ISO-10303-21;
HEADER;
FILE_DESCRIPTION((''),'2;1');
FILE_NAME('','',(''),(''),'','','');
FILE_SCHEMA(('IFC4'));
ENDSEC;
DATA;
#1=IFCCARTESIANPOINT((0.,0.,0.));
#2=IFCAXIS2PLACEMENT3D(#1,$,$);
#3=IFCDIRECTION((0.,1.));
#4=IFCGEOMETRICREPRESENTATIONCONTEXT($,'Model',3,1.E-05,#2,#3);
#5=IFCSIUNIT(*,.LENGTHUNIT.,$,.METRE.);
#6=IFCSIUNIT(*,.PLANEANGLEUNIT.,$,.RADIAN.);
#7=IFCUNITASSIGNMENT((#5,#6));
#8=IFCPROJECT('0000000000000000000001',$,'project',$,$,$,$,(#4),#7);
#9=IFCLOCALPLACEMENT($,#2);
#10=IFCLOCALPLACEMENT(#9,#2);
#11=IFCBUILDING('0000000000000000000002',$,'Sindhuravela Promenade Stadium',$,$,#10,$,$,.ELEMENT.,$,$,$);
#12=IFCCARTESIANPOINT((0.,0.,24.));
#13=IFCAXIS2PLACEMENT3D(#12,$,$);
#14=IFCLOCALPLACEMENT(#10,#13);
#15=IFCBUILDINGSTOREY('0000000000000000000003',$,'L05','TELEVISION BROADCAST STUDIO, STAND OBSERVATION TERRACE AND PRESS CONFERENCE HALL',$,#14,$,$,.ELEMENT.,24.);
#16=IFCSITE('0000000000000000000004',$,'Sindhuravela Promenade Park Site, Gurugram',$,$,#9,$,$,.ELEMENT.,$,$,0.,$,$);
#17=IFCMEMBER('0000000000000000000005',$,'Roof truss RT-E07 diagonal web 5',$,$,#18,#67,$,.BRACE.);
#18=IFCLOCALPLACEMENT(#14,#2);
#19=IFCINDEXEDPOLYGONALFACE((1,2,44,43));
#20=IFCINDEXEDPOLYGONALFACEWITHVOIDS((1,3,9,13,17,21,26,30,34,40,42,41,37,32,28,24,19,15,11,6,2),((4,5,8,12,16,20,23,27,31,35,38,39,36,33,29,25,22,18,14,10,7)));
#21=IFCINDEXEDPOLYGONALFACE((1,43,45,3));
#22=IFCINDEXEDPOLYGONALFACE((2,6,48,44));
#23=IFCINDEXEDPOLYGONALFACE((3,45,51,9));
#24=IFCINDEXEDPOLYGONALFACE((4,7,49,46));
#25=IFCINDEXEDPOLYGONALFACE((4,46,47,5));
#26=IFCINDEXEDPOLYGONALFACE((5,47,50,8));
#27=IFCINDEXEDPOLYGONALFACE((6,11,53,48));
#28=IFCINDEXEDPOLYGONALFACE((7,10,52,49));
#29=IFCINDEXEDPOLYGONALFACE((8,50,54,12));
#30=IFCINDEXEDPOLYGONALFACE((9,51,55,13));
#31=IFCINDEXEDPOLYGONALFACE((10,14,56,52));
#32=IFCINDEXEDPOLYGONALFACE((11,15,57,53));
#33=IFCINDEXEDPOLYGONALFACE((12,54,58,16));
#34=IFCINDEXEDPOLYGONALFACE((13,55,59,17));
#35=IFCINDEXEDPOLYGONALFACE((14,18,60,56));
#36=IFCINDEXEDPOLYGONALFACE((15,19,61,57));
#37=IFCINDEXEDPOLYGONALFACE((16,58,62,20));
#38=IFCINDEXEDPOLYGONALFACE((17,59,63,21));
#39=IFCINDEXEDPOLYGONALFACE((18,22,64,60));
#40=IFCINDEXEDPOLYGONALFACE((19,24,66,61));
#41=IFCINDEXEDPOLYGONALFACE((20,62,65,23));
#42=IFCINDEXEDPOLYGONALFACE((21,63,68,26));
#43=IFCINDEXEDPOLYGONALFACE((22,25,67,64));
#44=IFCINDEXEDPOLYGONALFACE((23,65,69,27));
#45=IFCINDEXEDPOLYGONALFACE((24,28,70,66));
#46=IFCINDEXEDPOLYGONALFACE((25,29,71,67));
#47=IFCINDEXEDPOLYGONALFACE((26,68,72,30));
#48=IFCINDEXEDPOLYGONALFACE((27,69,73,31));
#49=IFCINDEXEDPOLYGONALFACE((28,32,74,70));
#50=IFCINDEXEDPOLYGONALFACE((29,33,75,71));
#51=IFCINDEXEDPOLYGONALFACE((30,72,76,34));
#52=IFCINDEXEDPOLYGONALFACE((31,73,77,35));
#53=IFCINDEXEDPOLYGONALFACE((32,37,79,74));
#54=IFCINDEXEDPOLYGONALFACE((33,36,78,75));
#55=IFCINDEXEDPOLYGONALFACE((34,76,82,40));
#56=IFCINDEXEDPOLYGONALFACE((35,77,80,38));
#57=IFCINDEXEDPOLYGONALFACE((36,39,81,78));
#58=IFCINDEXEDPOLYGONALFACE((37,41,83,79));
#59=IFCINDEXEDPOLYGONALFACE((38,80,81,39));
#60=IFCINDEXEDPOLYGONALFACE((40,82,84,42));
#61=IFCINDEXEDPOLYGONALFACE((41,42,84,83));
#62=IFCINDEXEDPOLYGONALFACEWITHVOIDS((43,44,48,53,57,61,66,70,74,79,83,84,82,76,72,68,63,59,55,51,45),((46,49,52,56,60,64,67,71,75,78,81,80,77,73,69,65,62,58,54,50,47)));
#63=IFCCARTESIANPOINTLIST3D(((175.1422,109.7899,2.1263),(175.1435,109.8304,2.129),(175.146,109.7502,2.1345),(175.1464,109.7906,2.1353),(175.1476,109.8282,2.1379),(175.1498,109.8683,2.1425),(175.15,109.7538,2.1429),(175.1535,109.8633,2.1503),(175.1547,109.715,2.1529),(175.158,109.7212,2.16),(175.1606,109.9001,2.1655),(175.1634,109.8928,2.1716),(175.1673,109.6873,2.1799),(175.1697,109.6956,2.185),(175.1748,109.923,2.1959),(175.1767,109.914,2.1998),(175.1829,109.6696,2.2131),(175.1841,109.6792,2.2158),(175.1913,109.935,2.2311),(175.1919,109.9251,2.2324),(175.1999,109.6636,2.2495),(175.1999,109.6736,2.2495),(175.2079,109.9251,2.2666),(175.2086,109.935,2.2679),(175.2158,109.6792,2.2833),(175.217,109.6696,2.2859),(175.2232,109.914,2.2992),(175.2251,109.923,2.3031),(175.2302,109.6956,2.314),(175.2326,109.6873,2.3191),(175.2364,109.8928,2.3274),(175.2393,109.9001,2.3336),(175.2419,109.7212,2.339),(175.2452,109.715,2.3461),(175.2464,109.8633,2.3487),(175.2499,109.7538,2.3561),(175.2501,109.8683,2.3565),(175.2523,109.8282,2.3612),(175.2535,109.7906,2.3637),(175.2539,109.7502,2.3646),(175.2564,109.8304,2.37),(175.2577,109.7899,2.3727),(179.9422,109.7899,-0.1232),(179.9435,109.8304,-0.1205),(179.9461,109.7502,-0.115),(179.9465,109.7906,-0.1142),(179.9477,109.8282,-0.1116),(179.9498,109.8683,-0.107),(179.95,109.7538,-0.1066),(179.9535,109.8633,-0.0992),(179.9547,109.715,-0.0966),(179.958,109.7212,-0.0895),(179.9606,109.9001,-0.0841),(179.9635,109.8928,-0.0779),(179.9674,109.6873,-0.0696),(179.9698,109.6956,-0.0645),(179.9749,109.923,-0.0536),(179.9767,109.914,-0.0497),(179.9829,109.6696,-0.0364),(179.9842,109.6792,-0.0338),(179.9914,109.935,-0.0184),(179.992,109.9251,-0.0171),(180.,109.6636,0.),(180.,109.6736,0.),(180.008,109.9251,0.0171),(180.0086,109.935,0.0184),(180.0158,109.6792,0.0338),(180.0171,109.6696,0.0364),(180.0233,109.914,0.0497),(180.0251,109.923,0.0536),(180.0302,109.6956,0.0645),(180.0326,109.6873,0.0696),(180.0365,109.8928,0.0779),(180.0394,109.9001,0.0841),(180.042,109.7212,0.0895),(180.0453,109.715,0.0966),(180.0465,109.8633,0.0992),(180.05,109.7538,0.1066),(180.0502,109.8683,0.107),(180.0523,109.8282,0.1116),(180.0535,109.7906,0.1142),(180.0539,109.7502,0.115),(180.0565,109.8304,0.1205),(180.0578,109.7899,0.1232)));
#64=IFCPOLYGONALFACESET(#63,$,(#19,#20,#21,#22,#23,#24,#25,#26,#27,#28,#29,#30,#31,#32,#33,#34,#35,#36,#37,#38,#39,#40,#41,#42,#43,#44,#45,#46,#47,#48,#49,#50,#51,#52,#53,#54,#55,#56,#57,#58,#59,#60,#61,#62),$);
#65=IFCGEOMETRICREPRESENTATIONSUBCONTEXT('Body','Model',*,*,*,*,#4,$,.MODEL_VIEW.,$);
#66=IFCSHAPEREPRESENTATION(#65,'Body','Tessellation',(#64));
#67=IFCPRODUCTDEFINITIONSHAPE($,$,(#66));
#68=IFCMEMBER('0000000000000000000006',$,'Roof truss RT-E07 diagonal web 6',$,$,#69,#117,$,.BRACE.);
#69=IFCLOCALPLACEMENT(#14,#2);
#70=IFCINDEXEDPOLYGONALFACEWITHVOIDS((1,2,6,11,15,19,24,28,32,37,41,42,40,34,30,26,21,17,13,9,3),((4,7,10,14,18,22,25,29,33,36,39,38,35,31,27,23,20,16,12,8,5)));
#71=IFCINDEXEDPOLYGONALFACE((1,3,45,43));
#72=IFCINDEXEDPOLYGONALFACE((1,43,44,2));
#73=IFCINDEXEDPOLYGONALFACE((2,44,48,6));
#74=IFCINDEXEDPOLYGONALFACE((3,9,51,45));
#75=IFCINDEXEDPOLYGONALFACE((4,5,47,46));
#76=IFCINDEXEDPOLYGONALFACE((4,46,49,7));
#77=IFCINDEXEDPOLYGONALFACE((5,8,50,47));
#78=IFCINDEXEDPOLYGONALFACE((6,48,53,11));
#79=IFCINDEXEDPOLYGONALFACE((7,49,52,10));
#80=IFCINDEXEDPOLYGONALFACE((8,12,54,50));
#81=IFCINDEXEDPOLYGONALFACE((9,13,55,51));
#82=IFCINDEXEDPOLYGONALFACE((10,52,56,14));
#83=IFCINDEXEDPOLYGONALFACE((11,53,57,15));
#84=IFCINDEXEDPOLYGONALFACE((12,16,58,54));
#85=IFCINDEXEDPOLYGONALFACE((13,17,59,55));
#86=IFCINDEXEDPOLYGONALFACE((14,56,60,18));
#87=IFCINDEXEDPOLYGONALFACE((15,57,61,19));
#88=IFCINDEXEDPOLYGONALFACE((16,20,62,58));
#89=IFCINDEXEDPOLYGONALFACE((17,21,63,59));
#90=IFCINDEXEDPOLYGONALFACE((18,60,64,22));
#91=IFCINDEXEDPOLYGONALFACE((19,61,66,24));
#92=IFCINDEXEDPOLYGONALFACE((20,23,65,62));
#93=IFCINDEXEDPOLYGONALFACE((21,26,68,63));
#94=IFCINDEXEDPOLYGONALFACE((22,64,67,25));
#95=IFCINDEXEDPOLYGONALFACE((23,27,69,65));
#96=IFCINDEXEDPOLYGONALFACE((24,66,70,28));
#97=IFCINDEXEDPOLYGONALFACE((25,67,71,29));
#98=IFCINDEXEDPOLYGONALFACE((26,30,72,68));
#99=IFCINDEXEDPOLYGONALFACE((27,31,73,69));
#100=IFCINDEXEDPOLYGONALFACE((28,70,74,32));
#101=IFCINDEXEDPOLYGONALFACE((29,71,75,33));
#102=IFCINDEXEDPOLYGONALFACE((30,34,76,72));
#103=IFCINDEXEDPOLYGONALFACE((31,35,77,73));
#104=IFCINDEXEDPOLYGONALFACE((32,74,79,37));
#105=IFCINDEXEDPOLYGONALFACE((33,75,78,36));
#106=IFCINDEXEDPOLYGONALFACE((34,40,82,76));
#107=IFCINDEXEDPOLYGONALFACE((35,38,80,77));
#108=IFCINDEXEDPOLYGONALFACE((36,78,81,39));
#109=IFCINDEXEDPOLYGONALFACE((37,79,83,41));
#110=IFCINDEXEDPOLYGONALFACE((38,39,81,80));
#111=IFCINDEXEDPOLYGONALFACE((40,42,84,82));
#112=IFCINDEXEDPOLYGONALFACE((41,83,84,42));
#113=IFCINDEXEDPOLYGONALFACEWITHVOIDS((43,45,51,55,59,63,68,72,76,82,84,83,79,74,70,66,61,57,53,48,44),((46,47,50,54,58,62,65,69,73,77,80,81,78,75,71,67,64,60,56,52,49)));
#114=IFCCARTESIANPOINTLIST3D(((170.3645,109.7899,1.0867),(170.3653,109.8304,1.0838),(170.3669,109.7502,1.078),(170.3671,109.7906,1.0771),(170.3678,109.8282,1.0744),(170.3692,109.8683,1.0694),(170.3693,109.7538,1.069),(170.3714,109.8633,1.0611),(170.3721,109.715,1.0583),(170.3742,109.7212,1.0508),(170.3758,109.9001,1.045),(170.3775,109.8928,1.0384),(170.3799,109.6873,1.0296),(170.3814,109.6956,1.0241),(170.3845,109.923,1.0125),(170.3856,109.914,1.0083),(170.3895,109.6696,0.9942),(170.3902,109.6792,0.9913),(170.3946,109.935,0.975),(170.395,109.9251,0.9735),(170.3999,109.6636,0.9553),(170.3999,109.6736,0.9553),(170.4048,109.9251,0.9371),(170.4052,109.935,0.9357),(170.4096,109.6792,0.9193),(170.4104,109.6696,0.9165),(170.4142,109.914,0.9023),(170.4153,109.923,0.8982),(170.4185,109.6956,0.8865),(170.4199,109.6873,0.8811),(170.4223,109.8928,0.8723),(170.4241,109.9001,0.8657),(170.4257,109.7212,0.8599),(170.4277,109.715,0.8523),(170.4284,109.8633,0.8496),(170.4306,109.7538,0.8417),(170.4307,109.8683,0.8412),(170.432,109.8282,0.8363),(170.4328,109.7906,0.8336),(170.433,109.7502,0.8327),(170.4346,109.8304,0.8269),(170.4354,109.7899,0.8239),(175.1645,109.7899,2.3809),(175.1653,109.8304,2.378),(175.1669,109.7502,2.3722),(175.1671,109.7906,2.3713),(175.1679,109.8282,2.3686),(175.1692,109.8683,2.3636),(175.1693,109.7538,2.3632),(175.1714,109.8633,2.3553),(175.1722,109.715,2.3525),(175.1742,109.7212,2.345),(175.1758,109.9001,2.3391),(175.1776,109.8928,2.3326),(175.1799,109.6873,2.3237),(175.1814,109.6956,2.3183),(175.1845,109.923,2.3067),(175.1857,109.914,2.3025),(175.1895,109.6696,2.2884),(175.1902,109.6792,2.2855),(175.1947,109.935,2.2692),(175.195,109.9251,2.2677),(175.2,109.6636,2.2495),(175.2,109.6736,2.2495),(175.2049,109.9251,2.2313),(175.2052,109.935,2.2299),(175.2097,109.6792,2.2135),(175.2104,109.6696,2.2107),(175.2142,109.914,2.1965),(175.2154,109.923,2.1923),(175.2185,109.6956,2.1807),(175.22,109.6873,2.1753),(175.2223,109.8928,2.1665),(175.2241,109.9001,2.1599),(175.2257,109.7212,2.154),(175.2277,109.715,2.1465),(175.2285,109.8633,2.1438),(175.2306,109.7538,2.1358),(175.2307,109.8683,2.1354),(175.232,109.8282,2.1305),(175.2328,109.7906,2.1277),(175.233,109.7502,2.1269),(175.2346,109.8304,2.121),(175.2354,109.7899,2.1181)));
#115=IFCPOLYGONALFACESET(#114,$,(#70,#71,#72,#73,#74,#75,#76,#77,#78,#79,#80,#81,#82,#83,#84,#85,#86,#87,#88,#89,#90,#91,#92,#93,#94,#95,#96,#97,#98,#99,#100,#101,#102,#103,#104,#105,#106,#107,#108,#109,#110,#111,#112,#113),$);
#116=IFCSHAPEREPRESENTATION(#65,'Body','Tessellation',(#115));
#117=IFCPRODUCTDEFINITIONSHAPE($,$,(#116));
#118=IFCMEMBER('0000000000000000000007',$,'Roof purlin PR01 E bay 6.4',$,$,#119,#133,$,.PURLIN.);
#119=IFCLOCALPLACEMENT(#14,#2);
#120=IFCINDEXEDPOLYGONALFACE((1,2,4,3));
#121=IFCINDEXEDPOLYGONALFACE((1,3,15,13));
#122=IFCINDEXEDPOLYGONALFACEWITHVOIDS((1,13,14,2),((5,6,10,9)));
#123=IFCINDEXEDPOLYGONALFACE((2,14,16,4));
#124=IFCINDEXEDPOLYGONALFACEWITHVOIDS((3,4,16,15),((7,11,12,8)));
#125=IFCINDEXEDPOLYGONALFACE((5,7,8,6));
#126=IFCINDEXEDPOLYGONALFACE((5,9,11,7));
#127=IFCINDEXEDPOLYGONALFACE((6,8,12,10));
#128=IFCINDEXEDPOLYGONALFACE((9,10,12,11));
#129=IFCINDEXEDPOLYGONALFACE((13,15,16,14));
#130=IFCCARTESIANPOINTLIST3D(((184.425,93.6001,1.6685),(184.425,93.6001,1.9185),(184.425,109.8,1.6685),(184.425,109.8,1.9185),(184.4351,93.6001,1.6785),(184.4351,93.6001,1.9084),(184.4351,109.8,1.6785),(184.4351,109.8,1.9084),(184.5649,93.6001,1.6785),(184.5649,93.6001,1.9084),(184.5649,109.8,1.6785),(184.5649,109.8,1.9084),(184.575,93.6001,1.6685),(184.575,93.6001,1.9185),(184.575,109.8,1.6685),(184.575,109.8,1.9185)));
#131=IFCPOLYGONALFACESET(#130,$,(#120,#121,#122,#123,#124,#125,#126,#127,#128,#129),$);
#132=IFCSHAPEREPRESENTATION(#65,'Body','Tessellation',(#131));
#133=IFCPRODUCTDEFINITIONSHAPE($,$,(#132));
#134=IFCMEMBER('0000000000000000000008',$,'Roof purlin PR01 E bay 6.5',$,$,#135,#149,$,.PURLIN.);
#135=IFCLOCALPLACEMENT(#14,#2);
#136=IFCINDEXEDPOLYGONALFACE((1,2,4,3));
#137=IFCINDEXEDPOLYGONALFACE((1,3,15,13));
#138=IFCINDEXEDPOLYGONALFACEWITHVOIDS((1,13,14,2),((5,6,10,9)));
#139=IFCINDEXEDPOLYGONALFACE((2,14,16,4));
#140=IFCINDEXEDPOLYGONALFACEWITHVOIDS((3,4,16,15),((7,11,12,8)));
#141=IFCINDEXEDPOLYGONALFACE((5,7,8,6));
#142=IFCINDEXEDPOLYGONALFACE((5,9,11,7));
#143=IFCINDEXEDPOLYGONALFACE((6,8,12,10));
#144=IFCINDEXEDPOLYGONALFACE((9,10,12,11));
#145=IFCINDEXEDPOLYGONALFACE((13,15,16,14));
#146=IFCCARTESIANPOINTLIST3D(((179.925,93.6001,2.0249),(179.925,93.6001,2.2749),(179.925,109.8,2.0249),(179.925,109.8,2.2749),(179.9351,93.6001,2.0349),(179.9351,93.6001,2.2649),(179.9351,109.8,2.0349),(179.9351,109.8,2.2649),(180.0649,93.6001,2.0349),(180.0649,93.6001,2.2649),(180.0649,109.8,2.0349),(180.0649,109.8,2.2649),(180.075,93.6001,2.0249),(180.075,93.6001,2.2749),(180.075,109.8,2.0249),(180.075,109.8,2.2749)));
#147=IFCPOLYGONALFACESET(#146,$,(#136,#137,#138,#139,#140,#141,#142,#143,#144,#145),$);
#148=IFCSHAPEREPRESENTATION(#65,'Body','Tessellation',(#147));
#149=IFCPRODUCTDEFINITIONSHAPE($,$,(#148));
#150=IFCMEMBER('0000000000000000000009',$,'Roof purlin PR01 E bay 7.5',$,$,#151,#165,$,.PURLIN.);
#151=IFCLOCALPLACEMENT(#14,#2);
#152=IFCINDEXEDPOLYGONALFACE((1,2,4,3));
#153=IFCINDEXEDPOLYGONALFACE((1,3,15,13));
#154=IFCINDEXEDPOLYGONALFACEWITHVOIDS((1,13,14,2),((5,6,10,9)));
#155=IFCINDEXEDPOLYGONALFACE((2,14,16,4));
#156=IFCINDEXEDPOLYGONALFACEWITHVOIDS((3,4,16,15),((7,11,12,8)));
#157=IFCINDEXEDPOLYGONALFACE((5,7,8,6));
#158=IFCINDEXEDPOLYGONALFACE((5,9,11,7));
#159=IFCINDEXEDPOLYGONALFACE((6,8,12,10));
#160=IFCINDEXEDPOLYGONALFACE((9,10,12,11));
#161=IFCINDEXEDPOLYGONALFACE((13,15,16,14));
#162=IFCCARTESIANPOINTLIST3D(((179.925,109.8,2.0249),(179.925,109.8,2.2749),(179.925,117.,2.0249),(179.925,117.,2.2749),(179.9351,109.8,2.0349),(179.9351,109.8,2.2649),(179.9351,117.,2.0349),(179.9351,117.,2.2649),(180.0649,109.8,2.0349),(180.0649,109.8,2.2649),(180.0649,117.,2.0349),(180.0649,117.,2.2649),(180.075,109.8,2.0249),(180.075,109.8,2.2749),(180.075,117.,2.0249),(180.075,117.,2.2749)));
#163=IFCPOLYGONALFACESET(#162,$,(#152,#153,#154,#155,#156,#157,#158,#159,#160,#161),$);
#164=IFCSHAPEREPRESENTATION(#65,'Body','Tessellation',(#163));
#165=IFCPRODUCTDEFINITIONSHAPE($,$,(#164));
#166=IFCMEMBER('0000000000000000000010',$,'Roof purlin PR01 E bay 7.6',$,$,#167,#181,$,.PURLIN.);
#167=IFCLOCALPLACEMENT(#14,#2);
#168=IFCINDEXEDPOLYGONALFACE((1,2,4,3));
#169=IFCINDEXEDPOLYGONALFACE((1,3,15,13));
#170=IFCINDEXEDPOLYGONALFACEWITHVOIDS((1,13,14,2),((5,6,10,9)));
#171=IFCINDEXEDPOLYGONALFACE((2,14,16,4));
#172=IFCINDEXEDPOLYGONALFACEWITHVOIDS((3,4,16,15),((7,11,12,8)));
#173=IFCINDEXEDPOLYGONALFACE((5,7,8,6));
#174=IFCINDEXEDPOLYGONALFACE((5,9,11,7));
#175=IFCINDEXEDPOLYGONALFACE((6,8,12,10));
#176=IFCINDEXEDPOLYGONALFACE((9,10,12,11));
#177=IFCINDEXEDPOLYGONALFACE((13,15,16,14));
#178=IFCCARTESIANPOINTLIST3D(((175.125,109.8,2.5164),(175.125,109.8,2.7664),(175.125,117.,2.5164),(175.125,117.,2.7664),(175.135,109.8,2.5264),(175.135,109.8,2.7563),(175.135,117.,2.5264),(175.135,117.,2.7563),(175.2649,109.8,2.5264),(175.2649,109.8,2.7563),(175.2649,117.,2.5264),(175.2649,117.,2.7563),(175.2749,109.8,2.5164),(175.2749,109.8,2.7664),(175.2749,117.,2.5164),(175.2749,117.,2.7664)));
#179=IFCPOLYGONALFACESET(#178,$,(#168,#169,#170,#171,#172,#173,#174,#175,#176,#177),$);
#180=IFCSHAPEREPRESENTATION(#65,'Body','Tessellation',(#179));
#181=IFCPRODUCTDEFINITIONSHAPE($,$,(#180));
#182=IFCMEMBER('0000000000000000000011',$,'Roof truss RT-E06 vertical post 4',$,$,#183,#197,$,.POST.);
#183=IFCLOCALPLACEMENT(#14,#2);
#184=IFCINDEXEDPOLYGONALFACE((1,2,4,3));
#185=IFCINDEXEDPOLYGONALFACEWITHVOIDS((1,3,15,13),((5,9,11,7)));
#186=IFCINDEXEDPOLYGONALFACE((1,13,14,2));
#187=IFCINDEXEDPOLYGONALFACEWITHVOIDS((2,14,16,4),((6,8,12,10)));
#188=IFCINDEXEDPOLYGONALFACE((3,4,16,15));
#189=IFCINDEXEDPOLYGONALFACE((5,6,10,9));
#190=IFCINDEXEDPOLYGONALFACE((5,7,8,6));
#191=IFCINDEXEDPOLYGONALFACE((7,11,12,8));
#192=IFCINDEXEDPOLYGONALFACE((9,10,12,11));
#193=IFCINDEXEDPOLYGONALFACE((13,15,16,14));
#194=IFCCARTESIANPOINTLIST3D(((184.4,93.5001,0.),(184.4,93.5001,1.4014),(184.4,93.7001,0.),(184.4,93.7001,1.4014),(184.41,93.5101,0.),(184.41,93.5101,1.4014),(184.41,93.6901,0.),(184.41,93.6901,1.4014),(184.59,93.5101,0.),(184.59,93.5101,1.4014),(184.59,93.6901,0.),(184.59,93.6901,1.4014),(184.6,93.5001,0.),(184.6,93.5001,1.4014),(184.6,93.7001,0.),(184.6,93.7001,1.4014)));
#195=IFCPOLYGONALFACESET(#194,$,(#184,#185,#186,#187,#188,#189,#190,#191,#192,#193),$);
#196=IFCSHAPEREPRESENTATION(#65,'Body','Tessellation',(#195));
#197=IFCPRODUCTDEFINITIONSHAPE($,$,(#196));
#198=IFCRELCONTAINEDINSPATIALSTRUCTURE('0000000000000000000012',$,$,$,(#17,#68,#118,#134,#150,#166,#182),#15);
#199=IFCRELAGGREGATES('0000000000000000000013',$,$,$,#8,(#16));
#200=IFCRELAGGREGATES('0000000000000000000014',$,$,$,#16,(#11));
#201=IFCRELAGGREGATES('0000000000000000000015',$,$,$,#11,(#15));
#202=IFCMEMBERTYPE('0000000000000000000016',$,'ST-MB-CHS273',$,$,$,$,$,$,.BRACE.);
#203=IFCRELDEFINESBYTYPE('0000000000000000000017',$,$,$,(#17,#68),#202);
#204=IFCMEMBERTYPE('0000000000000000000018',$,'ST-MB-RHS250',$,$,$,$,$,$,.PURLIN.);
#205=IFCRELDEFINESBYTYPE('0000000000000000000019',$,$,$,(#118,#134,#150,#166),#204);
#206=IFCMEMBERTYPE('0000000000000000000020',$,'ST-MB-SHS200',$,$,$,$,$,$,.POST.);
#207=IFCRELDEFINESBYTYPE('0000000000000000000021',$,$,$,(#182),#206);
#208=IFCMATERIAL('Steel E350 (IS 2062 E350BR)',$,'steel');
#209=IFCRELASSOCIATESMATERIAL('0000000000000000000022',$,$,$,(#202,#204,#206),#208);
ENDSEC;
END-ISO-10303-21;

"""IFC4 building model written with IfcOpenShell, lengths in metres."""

from ifc_helpers import new_model, si_unit, direction, frame, origin, origin_2d, place, context, subcontext, project, spatial, hollow_rectangle, hollow_circle, extrude, material, material_profile, profile_set, type_object, element, save


model = new_model("IFC4")

# Units and contexts
model_context = context("Model", 3, precision=1e-05, world=origin(), true_north=direction((0.0, 1.0)))
body_context = subcontext(model_context, "Body", "Model", "MODEL_VIEW")
ifc_project = project(units=[si_unit("LENGTHUNIT", "METRE"), si_unit("PLANEANGLEUNIT", "RADIAN")], contexts=[model_context])

# Site, building, storey
site_placement = place(None, origin())
site = spatial("IfcSite", under=ifc_project, at=site_placement, Name="Sindhuravela Promenade Park Site, Gurugram", CompositionType="ELEMENT", RefElevation=0.0)
building_placement = place(site_placement, origin())
building = spatial("IfcBuilding", under=site, at=building_placement, Name="Sindhuravela Promenade Stadium", CompositionType="ELEMENT")
storey_placement = place(building_placement, frame((0.0, 0.0, 24.0)))
storey = spatial("IfcBuildingStorey", under=building, at=storey_placement, Name="L05", Description="TELEVISION BROADCAST STUDIO, STAND OBSERVATION TERRACE AND PRESS CONFERENCE HALL", CompositionType="ELEMENT", Elevation=24.0)

# Shared definitions
ifc_material_1 = material(Name="Steel E350 (IS 2062 E350BR)", Category="steel")

# Members
ifc_material_profile_1 = material_profile(ifc_material_1, hollow_circle(Radius=0.1365, WallThickness=0.01, at=origin_2d()), Name="CHS 273.0x10")
ifc_profile_set_1 = profile_set([ifc_material_profile_1], Name="Steel E350 (IS 2062 E350BR)")
member_type_1 = type_object("IfcMemberType", Name="ST-MB-CHS273", PredefinedType="BRACE", material=ifc_profile_set_1)
member_1_placement = place(storey_placement, frame((180.0, 109.8, 0.0), z_axis=(-0.905496, 0.0, 0.424355), x_axis=(0.0, -1.0, 0.0)))
element("IfcMember", 1, at=member_1_placement, inside=storey, type_object=member_type_1, Name="Roof truss RT-E07 diagonal web 5", PredefinedType="BRACE", context=body_context, shape_type="SweptSolid", body=[
    extrude(hollow_circle(Radius=0.1365, WallThickness=0.01, at=origin_2d()), origin(), (0.0, 0.0, 1.0), 5.301),
])
member_2_placement = place(storey_placement, frame((175.2, 109.8, 2.2495), z_axis=(-0.965521, 0.0, -0.260324), x_axis=(0.0, -1.0, 0.0)))
element("IfcMember", 2, at=member_2_placement, inside=storey, type_object=member_type_1, Name="Roof truss RT-E07 diagonal web 6", PredefinedType="BRACE", context=body_context, shape_type="SweptSolid", body=[
    extrude(hollow_circle(Radius=0.1365, WallThickness=0.01, at=origin_2d()), origin(), (0.0, 0.0, 1.0), 4.9714),
])
ifc_material_profile_2 = material_profile(ifc_material_1, hollow_rectangle(XDim=0.1499, YDim=0.25, WallThickness=0.01, at=origin_2d()), Name="RHS 250x150x10")
ifc_profile_set_2 = profile_set([ifc_material_profile_2], Name="Steel E350 (IS 2062 E350BR)")
member_type_2 = type_object("IfcMemberType", Name="ST-MB-RHS250", PredefinedType="PURLIN", material=ifc_profile_set_2)
for number, where, z_axis, x_axis, name in (
    (3, (184.5, 93.6001, 1.7935), (0.0, 1.0, 0.0), (-1.0, 0.0, 0.0), "Roof purlin PR01 E bay 6.4"),
    (4, (180.0, 93.6001, 2.1499), (0.0, 1.0, 0.0), (-1.0, 0.0, 0.0), "Roof purlin PR01 E bay 6.5"),
):
    element("IfcMember", number, at=place(storey_placement, frame(where, z_axis=z_axis, x_axis=x_axis)), inside=storey, type_object=member_type_2, Name=name, PredefinedType="PURLIN", context=body_context, shape_type="SweptSolid", body=[
        extrude(hollow_rectangle(XDim=0.1499, YDim=0.25, WallThickness=0.01, at=origin_2d()), origin(), (0.0, 0.0, 1.0), 16.2),
    ])
for number, where, z_axis, x_axis, name in (
    (5, (180.0, 109.8, 2.1499), (0.0, 1.0, 0.0), (-1.0, 0.0, 0.0), "Roof purlin PR01 E bay 7.5"),
    (6, (175.2, 109.8, 2.6414), (0.0, 1.0, 0.0), (-1.0, 0.0, 0.0), "Roof purlin PR01 E bay 7.6"),
):
    element("IfcMember", number, at=place(storey_placement, frame(where, z_axis=z_axis, x_axis=x_axis)), inside=storey, type_object=member_type_2, Name=name, PredefinedType="PURLIN", context=body_context, shape_type="SweptSolid", body=[
        extrude(hollow_rectangle(XDim=0.1499, YDim=0.25, WallThickness=0.01, at=origin_2d()), origin(), (0.0, 0.0, 1.0), 7.2),
    ])
ifc_material_profile_3 = material_profile(ifc_material_1, hollow_rectangle(XDim=0.2, YDim=0.2, WallThickness=0.01, at=origin_2d()), Name="SHS 200x200x10")
ifc_profile_set_3 = profile_set([ifc_material_profile_3], Name="Steel E350 (IS 2062 E350BR)")
member_type_3 = type_object("IfcMemberType", Name="ST-MB-SHS200", PredefinedType="POST", material=ifc_profile_set_3)
member_3_placement = place(storey_placement, frame((184.5, 93.6001, 0.0), z_axis=(0.0, 0.0, 1.0), x_axis=(1.0, 0.0, 0.0)))
element("IfcMember", 7, at=member_3_placement, inside=storey, type_object=member_type_3, Name="Roof truss RT-E06 vertical post 4", PredefinedType="POST", context=body_context, shape_type="SweptSolid", body=[
    extrude(hollow_rectangle(XDim=0.2, YDim=0.2, WallThickness=0.01, at=origin_2d()), origin(), (0.0, 0.0, 1.0), 1.4014),
])

save(model, "model.ifc")
